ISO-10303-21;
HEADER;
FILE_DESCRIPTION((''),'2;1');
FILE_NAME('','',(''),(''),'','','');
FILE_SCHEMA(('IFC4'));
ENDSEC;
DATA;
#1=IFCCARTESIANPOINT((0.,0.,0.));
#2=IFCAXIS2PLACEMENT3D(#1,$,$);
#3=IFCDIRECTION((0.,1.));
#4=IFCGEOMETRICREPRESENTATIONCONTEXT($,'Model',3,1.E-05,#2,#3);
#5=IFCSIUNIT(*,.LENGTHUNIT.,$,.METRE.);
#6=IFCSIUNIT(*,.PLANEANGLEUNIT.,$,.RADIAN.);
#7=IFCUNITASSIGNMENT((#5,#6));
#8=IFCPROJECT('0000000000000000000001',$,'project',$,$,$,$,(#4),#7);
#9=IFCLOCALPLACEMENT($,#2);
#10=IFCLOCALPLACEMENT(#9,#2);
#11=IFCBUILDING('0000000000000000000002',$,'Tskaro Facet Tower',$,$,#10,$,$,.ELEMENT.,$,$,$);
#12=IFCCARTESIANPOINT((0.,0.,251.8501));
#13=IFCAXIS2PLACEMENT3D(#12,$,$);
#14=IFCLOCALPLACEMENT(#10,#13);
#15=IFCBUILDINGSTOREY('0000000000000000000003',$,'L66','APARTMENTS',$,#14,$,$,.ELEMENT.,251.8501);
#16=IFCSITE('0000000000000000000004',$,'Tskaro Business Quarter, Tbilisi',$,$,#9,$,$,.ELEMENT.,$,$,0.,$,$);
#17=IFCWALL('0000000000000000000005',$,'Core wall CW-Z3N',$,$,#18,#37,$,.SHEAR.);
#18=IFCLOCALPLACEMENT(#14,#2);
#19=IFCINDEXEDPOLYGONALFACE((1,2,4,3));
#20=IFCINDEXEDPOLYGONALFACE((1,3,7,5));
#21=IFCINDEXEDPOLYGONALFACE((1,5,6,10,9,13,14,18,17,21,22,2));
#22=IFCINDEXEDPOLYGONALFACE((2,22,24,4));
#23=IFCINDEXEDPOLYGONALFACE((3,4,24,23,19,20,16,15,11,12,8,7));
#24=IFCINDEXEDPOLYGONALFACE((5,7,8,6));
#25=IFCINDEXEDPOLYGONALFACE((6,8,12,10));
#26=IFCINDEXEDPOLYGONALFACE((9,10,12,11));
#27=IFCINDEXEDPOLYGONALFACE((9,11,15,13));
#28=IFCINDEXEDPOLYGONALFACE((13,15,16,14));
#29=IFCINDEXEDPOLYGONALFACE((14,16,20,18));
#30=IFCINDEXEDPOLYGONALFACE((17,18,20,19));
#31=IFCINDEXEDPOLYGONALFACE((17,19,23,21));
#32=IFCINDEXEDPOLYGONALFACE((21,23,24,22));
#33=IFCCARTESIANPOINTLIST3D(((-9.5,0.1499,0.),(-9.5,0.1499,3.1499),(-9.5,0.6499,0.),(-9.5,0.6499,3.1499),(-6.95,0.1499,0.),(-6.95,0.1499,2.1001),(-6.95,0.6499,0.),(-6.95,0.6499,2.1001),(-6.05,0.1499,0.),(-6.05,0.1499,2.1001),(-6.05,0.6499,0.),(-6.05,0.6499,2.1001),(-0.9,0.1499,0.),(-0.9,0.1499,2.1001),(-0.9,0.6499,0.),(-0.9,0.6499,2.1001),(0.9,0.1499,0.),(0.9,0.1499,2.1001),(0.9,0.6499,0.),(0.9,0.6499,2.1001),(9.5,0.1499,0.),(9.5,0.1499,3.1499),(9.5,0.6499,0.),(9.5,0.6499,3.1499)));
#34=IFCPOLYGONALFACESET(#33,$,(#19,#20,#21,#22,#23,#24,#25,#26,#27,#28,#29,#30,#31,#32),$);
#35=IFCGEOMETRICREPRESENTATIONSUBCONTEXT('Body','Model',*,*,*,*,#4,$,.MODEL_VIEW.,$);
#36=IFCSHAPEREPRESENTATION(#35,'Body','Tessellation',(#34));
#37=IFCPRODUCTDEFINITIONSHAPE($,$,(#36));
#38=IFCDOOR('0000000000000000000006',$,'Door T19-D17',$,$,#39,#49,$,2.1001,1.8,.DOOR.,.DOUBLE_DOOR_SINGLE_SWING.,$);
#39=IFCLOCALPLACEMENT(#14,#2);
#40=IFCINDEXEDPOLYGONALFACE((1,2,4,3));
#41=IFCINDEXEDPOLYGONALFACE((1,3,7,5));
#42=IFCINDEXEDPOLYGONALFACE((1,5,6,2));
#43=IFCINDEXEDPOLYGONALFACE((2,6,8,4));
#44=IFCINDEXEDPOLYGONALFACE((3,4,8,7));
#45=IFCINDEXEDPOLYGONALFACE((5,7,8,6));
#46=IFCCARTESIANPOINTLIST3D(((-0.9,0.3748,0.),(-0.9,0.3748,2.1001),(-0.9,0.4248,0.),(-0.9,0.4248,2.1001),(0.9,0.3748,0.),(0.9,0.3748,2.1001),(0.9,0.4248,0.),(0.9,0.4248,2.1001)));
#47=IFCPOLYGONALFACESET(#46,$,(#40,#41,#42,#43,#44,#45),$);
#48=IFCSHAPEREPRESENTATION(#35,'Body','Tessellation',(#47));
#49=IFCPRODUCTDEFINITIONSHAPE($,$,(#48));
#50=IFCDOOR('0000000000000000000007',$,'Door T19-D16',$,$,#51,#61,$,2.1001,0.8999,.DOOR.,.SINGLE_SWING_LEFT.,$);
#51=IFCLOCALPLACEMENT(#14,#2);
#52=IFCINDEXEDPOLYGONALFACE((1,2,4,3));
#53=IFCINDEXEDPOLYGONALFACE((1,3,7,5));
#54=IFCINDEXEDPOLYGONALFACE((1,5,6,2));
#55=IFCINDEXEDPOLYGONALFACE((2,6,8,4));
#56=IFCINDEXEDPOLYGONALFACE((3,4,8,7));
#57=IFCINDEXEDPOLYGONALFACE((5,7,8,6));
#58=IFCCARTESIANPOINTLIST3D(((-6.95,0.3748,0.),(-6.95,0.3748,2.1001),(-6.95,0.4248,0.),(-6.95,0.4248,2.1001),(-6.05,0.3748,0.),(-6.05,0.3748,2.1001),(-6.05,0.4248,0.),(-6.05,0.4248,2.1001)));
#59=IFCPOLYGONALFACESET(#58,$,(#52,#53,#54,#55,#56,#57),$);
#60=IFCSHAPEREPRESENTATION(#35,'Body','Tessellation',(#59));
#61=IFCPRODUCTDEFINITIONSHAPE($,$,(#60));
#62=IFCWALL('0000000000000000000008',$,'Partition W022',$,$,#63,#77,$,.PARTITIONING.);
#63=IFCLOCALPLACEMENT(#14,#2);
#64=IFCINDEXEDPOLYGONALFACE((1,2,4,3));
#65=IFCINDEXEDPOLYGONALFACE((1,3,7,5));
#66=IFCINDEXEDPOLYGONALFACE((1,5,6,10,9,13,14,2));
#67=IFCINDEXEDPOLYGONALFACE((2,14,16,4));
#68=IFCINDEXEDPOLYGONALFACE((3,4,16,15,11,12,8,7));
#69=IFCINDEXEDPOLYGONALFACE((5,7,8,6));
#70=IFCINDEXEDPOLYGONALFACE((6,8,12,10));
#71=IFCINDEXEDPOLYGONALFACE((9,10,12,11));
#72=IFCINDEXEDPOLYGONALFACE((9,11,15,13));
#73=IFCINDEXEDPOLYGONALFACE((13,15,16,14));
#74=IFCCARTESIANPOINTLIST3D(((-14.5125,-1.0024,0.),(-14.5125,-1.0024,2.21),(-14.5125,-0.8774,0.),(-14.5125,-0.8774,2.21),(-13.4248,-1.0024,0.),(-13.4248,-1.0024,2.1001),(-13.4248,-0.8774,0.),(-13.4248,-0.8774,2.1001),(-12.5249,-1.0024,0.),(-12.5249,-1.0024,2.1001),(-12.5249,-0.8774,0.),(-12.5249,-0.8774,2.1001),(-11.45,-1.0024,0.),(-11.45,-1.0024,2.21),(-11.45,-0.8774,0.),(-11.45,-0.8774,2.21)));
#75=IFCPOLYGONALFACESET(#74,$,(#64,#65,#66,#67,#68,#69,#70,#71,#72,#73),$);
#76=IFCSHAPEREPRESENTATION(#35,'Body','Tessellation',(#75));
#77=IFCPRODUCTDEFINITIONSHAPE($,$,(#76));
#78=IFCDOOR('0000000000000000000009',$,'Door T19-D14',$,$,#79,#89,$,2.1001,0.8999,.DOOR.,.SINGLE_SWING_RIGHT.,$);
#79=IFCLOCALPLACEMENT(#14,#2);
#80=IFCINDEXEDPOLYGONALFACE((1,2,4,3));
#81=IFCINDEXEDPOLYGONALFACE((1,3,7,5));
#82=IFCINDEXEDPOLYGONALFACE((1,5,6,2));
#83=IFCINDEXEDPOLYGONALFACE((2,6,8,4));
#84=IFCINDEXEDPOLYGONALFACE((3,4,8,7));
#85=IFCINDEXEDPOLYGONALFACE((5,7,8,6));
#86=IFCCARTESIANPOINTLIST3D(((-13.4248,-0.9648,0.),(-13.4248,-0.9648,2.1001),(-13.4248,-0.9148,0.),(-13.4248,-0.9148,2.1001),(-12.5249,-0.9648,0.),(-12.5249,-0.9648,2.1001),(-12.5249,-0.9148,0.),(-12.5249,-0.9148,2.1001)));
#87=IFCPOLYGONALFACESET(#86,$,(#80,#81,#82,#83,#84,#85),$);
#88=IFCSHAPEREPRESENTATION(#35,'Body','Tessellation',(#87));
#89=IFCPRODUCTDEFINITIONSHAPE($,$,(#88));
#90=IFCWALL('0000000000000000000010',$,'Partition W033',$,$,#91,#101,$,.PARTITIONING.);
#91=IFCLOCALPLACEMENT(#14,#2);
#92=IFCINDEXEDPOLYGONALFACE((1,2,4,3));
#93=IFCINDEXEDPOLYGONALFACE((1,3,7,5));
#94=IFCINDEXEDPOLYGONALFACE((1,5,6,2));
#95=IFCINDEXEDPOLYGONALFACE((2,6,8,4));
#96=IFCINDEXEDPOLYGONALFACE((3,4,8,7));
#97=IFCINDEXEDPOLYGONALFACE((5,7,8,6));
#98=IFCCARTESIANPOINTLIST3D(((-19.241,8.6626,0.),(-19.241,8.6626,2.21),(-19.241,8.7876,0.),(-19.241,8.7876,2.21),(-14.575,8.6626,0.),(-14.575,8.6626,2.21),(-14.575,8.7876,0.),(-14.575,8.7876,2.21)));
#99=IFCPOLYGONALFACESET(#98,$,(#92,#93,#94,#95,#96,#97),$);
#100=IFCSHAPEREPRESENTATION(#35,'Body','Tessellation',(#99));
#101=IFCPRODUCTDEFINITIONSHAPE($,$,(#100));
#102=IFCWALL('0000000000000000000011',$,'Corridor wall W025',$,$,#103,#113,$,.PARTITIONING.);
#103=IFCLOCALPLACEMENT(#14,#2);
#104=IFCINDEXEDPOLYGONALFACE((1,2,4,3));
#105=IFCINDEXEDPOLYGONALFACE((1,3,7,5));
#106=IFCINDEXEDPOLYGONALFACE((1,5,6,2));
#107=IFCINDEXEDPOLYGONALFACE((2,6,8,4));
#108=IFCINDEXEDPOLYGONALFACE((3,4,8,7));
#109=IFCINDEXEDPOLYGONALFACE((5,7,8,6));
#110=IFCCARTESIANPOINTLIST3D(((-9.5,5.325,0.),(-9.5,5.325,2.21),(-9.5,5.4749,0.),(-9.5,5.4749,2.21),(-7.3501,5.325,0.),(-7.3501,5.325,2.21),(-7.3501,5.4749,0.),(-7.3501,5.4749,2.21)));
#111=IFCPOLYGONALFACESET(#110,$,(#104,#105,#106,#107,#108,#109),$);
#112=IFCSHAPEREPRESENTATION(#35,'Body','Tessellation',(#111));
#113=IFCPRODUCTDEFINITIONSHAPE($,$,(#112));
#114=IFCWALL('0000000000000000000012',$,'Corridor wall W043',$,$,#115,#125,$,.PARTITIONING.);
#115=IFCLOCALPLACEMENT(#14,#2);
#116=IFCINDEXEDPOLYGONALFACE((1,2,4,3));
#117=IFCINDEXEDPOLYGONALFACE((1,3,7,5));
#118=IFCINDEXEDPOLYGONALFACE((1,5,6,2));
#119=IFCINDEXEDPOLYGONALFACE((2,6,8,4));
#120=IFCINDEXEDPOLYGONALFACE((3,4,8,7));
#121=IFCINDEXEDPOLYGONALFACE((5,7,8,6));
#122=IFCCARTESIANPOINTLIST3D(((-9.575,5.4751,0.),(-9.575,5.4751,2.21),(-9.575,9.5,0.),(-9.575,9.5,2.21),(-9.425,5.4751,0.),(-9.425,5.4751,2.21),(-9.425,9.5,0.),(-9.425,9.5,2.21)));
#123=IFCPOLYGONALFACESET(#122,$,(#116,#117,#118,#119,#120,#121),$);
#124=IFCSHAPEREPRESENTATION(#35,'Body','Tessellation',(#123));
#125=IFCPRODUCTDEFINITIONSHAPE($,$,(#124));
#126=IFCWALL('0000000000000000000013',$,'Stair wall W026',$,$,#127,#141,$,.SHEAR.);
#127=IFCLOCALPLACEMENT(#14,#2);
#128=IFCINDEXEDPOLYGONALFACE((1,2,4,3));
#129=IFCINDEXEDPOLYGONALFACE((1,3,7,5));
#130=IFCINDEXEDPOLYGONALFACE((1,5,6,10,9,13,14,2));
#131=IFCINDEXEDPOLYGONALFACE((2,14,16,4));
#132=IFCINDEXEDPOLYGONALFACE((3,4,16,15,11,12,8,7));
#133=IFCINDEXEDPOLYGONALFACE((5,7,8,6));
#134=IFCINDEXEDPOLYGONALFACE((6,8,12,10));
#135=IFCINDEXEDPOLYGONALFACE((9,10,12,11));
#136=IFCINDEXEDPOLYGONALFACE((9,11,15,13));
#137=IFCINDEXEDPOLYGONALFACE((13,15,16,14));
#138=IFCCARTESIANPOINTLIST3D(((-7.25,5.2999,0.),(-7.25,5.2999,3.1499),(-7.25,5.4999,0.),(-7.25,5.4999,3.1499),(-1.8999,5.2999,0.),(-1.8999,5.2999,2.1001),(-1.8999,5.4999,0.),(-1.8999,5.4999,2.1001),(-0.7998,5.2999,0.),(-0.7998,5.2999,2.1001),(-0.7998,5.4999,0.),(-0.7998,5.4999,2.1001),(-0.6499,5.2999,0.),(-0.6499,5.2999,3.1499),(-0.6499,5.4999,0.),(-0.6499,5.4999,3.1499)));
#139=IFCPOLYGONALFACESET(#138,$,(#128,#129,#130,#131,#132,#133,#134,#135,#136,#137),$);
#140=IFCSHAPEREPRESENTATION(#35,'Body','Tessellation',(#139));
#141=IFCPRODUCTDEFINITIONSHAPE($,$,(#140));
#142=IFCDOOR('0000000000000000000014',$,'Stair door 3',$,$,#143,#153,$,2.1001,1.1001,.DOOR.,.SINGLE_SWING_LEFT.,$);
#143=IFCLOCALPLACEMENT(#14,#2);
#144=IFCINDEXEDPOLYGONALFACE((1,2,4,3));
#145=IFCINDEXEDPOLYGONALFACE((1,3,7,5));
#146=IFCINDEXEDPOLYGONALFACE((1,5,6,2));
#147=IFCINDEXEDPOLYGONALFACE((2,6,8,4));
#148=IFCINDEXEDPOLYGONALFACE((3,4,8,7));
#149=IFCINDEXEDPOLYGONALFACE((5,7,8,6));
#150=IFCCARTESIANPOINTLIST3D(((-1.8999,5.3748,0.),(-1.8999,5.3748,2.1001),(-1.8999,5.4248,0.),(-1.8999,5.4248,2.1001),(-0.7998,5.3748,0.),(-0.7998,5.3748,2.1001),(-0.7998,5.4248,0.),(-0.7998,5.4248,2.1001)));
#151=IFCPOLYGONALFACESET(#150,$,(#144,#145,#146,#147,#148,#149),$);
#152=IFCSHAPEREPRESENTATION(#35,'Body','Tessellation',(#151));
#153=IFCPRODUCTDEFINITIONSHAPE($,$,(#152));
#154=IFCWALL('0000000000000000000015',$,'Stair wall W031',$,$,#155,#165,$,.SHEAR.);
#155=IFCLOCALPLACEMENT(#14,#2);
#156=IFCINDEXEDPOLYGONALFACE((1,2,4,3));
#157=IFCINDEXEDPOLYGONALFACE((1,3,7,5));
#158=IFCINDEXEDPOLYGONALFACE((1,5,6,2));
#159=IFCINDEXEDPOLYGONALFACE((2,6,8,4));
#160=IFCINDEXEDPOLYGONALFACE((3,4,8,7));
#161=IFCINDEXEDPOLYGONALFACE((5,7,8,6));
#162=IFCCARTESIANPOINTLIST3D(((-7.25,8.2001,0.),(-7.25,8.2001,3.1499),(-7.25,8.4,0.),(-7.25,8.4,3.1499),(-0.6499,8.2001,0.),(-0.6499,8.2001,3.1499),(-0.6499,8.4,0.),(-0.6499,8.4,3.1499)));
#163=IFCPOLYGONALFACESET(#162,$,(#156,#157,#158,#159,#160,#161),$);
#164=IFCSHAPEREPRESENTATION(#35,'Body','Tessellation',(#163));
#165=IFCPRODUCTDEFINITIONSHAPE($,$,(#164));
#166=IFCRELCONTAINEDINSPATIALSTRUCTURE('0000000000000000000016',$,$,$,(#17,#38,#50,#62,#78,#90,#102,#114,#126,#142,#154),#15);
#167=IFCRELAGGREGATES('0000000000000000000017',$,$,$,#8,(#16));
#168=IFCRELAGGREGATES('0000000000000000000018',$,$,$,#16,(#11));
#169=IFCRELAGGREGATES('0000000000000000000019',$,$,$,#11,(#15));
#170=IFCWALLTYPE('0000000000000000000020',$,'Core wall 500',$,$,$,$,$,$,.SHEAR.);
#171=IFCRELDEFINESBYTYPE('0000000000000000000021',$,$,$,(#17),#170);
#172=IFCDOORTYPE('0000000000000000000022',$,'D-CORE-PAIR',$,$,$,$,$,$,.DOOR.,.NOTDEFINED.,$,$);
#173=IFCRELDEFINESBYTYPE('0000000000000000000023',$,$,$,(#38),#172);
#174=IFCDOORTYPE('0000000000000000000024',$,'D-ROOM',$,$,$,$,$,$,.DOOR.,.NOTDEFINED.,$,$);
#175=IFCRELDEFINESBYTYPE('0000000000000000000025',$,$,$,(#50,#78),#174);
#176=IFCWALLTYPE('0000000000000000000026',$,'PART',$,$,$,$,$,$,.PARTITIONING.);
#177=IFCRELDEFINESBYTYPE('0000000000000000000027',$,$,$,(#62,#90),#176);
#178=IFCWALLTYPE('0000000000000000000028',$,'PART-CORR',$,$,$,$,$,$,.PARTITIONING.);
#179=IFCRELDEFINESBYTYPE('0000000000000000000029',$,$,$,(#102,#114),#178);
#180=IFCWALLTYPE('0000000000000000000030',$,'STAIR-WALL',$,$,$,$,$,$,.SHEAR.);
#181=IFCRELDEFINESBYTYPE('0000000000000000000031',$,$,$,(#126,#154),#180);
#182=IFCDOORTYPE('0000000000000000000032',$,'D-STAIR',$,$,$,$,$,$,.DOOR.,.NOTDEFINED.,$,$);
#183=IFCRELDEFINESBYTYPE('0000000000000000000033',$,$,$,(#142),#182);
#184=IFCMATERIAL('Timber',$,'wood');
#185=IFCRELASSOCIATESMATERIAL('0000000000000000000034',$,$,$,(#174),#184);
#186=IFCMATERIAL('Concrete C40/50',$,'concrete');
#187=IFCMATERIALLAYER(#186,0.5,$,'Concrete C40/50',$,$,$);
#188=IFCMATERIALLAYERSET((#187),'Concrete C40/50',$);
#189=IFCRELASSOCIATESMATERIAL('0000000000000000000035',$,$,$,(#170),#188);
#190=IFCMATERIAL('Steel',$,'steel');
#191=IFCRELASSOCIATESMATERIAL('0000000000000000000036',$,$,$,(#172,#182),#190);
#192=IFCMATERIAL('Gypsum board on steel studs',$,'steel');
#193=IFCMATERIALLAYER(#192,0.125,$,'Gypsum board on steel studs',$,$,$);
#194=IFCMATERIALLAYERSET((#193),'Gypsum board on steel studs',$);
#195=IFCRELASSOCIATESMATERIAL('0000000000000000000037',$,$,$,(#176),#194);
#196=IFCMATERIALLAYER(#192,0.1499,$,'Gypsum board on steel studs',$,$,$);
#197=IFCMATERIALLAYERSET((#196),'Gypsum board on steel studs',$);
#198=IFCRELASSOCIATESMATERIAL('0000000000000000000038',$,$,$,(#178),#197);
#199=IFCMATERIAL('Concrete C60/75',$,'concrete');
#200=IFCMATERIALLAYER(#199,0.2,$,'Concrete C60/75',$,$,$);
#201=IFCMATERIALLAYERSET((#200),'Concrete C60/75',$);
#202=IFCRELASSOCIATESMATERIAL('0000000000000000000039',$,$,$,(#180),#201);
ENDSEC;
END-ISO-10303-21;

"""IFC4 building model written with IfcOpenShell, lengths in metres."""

from ifc_helpers import new_model, si_unit, direction, frame, frame_2d, origin, place, context, subcontext, project, spatial, rectangle, extrude, material, layer, layer_set, type_object, element, fill, save


model = new_model("IFC4")

# Units and contexts
model_context = context("Model", 3, precision=1e-05, world=origin(), true_north=direction((0.0, 1.0)))
body_context = subcontext(model_context, "Body", "Model", "MODEL_VIEW")
ifc_project = project(units=[si_unit("LENGTHUNIT", "METRE"), si_unit("PLANEANGLEUNIT", "RADIAN")], contexts=[model_context])

# Site, building, storey
site_placement = place(None, origin())
site = spatial("IfcSite", under=ifc_project, at=site_placement, Name="Tskaro Business Quarter, Tbilisi", CompositionType="ELEMENT", RefElevation=0.0)
building_placement = place(site_placement, origin())
building = spatial("IfcBuilding", under=site, at=building_placement, Name="Tskaro Facet Tower", CompositionType="ELEMENT")
storey_placement = place(building_placement, frame((0.0, 0.0, 251.8501)))
storey = spatial("IfcBuildingStorey", under=building, at=storey_placement, Name="L66", Description="APARTMENTS", CompositionType="ELEMENT", Elevation=251.8501)

# Shared definitions
ifc_material_1 = material(Name="Timber", Category="wood")
door_type_1 = type_object("IfcDoorType", Name="D-ROOM", OperationType="NOTDEFINED", PredefinedType="DOOR", material=ifc_material_1)

# Wall, openings, doors
ifc_material_2 = material(Name="Concrete C40/50", Category="concrete")
ifc_layer_1 = layer(ifc_material_2, 0.5, Name="Concrete C40/50")
ifc_layer_set_1 = layer_set([ifc_layer_1], Name="Concrete C40/50")
wall_type_1 = type_object("IfcWallType", Name="Core wall 500", PredefinedType="SHEAR", material=ifc_layer_set_1)
wall_1_placement = place(storey_placement, frame((-9.5, 0.3999, 0.0), z_axis=(0.0, 0.0, 1.0), x_axis=(1.0, 0.0, 0.0)))
wall_1 = element("IfcWall", 1, at=wall_1_placement, inside=storey, type_object=wall_type_1, Name="Core wall CW-Z3N", PredefinedType="SHEAR", context=body_context, shape_type="SweptSolid", body=[
    extrude(rectangle(XDim=19.0, YDim=0.5, at=frame_2d((9.5, 0.0))), origin(), (0.0, 0.0, 1.0), 3.1499),
])
opening_1_placement = place(wall_1_placement, frame((8.6001, 0.0, 0.0)))
opening_1 = element("IfcOpeningElement", 2, at=opening_1_placement, cuts=wall_1, PredefinedType="OPENING", context=body_context, shape_type="SweptSolid", body=[
    extrude(rectangle(XDim=1.8, YDim=2.1001, at=frame_2d((0.8999, 1.05))), frame((0.0, 0.26, 0.0), z_axis=(0.0, -1.0, 0.0), x_axis=(1.0, 0.0, 0.0)), (0.0, 0.0, 1.0), 0.52),
])
opening_2_placement = place(wall_1_placement, frame((2.55, 0.0, 0.0)))
opening_2 = element("IfcOpeningElement", 3, at=opening_2_placement, cuts=wall_1, PredefinedType="OPENING", context=body_context, shape_type="SweptSolid", body=[
    extrude(rectangle(XDim=0.8999, YDim=2.1001, at=frame_2d((0.45, 1.05))), frame((0.0, 0.26, 0.0), z_axis=(0.0, -1.0, 0.0), x_axis=(1.0, 0.0, 0.0)), (0.0, 0.0, 1.0), 0.52),
])
ifc_material_3 = material(Name="Steel", Category="steel")
door_type_2 = type_object("IfcDoorType", Name="D-CORE-PAIR", OperationType="NOTDEFINED", PredefinedType="DOOR", material=ifc_material_3)
door_1_placement = place(opening_1_placement, origin())
door_1 = element("IfcDoor", 4, at=door_1_placement, inside=storey, type_object=door_type_2, Name="Door T19-D17", OperationType="DOUBLE_DOOR_SINGLE_SWING", OverallHeight=2.1001, OverallWidth=1.8, PredefinedType="DOOR", context=body_context, shape_type="SweptSolid", body=[
    extrude(rectangle(XDim=1.8, YDim=2.1001, at=frame_2d((0.8999, 1.05))), frame((0.0, 0.0249, 0.0), z_axis=(0.0, -1.0, 0.0), x_axis=(1.0, 0.0, 0.0)), (0.0, 0.0, 1.0), 0.05),
])
fill(opening_1, door_1)
door_2_placement = place(opening_2_placement, origin())
door_2 = element("IfcDoor", 5, at=door_2_placement, inside=storey, type_object=door_type_1, Name="Door T19-D16", OperationType="SINGLE_SWING_LEFT", OverallHeight=2.1001, OverallWidth=0.8999, PredefinedType="DOOR", context=body_context, shape_type="SweptSolid", body=[
    extrude(rectangle(XDim=0.8999, YDim=2.1001, at=frame_2d((0.45, 1.05))), frame((0.0, 0.0249, 0.0), z_axis=(0.0, -1.0, 0.0), x_axis=(1.0, 0.0, 0.0)), (0.0, 0.0, 1.0), 0.05),
])
fill(opening_2, door_2)

# Wall, opening, door
ifc_material_4 = material(Name="Gypsum board on steel studs", Category="steel")
ifc_layer_2 = layer(ifc_material_4, 0.125, Name="Gypsum board on steel studs")
ifc_layer_set_2 = layer_set([ifc_layer_2], Name="Gypsum board on steel studs")
wall_type_2 = type_object("IfcWallType", Name="PART", PredefinedType="PARTITIONING", material=ifc_layer_set_2)
wall_2_placement = place(storey_placement, frame((-11.45, -0.9399, 0.0), z_axis=(0.0, 0.0, 1.0), x_axis=(-1.0, 0.0, 0.0)))
wall_2 = element("IfcWall", 6, at=wall_2_placement, inside=storey, type_object=wall_type_2, Name="Partition W022", PredefinedType="PARTITIONING", context=body_context, shape_type="SweptSolid", body=[
    extrude(rectangle(XDim=3.0625, YDim=0.125, at=frame_2d((1.5312, 0.0))), origin(), (0.0, 0.0, 1.0), 2.21),
])
opening_3_placement = place(wall_2_placement, frame((1.075, 0.0, 0.0)))
opening_3 = element("IfcOpeningElement", 7, at=opening_3_placement, cuts=wall_2, PredefinedType="OPENING", context=body_context, shape_type="SweptSolid", body=[
    extrude(rectangle(XDim=0.8999, YDim=2.1001, at=frame_2d((0.45, 1.05))), frame((0.0, 0.0725, 0.0), z_axis=(0.0, -1.0, 0.0), x_axis=(1.0, 0.0, 0.0)), (0.0, 0.0, 1.0), 0.145),
])
door_3_placement = place(opening_3_placement, origin())
door_3 = element("IfcDoor", 8, at=door_3_placement, inside=storey, type_object=door_type_1, Name="Door T19-D14", OperationType="SINGLE_SWING_RIGHT", OverallHeight=2.1001, OverallWidth=0.8999, PredefinedType="DOOR", context=body_context, shape_type="SweptSolid", body=[
    extrude(rectangle(XDim=0.8999, YDim=2.1001, at=frame_2d((0.45, 1.05))), frame((0.0, 0.0249, 0.0), z_axis=(0.0, -1.0, 0.0), x_axis=(1.0, 0.0, 0.0)), (0.0, 0.0, 1.0), 0.05),
])
fill(opening_3, door_3)

# Walls
wall_3_placement = place(storey_placement, frame((-19.241, 8.7251, 0.0), z_axis=(0.0, 0.0, 1.0), x_axis=(1.0, 0.0, 0.0)))
element("IfcWall", 9, at=wall_3_placement, inside=storey, type_object=wall_type_2, Name="Partition W033", PredefinedType="PARTITIONING", context=body_context, shape_type="SweptSolid", body=[
    extrude(rectangle(XDim=4.666, YDim=0.125, at=frame_2d((2.333, 0.0))), origin(), (0.0, 0.0, 1.0), 2.21),
])
ifc_layer_3 = layer(ifc_material_4, 0.1499, Name="Gypsum board on steel studs")
ifc_layer_set_3 = layer_set([ifc_layer_3], Name="Gypsum board on steel studs")
wall_type_3 = type_object("IfcWallType", Name="PART-CORR", PredefinedType="PARTITIONING", material=ifc_layer_set_3)
wall_4_placement = place(storey_placement, frame((-9.5, 5.3999, 0.0), z_axis=(0.0, 0.0, 1.0), x_axis=(1.0, 0.0, 0.0)))
element("IfcWall", 10, at=wall_4_placement, inside=storey, type_object=wall_type_3, Name="Corridor wall W025", PredefinedType="PARTITIONING", context=body_context, shape_type="SweptSolid", body=[
    extrude(rectangle(XDim=2.1499, YDim=0.1499, at=frame_2d((1.075, 0.0))), origin(), (0.0, 0.0, 1.0), 2.21),
])
wall_5_placement = place(storey_placement, frame((-9.5, 5.4751, 0.0), z_axis=(0.0, 0.0, 1.0), x_axis=(0.0, 1.0, 0.0)))
element("IfcWall", 11, at=wall_5_placement, inside=storey, type_object=wall_type_3, Name="Corridor wall W043", PredefinedType="PARTITIONING", context=body_context, shape_type="SweptSolid", body=[
    extrude(rectangle(XDim=4.0249, YDim=0.1499, at=frame_2d((2.0125, 0.0))), origin(), (0.0, 0.0, 1.0), 2.21),
])

# Wall, opening, door
ifc_material_5 = material(Name="Concrete C60/75", Category="concrete")
ifc_layer_4 = layer(ifc_material_5, 0.2, Name="Concrete C60/75")
ifc_layer_set_4 = layer_set([ifc_layer_4], Name="Concrete C60/75")
wall_type_4 = type_object("IfcWallType", Name="STAIR-WALL", PredefinedType="SHEAR", material=ifc_layer_set_4)
wall_6_placement = place(storey_placement, frame((-7.25, 5.3999, 0.0), z_axis=(0.0, 0.0, 1.0), x_axis=(1.0, 0.0, 0.0)))
wall_6 = element("IfcWall", 12, at=wall_6_placement, inside=storey, type_object=wall_type_4, Name="Stair wall W026", PredefinedType="SHEAR", context=body_context, shape_type="SweptSolid", body=[
    extrude(rectangle(XDim=6.6001, YDim=0.2, at=frame_2d((3.3, 0.0))), origin(), (0.0, 0.0, 1.0), 3.1499),
])
opening_4_placement = place(wall_6_placement, frame((5.3501, 0.0, 0.0)))
opening_4 = element("IfcOpeningElement", 13, at=opening_4_placement, cuts=wall_6, PredefinedType="OPENING", context=body_context, shape_type="SweptSolid", body=[
    extrude(rectangle(XDim=1.1001, YDim=2.1001, at=frame_2d((0.55, 1.05))), frame((0.0, 0.1099, 0.0), z_axis=(0.0, -1.0, 0.0), x_axis=(1.0, 0.0, 0.0)), (0.0, 0.0, 1.0), 0.22),
])
door_type_3 = type_object("IfcDoorType", Name="D-STAIR", OperationType="NOTDEFINED", PredefinedType="DOOR", material=ifc_material_3)
door_4_placement = place(opening_4_placement, origin())
door_4 = element("IfcDoor", 14, at=door_4_placement, inside=storey, type_object=door_type_3, Name="Stair door 3", OperationType="SINGLE_SWING_LEFT", OverallHeight=2.1001, OverallWidth=1.1001, PredefinedType="DOOR", context=body_context, shape_type="SweptSolid", body=[
    extrude(rectangle(XDim=1.1001, YDim=2.1001, at=frame_2d((0.55, 1.05))), frame((0.0, 0.0249, 0.0), z_axis=(0.0, -1.0, 0.0), x_axis=(1.0, 0.0, 0.0)), (0.0, 0.0, 1.0), 0.05),
])
fill(opening_4, door_4)

# Wall
wall_7_placement = place(storey_placement, frame((-7.25, 8.3, 0.0), z_axis=(0.0, 0.0, 1.0), x_axis=(1.0, 0.0, 0.0)))
element("IfcWall", 15, at=wall_7_placement, inside=storey, type_object=wall_type_4, Name="Stair wall W031", PredefinedType="SHEAR", context=body_context, shape_type="SweptSolid", body=[
    extrude(rectangle(XDim=6.6001, YDim=0.2, at=frame_2d((3.3, 0.0))), origin(), (0.0, 0.0, 1.0), 3.1499),
])

save(model, "model.ifc")
